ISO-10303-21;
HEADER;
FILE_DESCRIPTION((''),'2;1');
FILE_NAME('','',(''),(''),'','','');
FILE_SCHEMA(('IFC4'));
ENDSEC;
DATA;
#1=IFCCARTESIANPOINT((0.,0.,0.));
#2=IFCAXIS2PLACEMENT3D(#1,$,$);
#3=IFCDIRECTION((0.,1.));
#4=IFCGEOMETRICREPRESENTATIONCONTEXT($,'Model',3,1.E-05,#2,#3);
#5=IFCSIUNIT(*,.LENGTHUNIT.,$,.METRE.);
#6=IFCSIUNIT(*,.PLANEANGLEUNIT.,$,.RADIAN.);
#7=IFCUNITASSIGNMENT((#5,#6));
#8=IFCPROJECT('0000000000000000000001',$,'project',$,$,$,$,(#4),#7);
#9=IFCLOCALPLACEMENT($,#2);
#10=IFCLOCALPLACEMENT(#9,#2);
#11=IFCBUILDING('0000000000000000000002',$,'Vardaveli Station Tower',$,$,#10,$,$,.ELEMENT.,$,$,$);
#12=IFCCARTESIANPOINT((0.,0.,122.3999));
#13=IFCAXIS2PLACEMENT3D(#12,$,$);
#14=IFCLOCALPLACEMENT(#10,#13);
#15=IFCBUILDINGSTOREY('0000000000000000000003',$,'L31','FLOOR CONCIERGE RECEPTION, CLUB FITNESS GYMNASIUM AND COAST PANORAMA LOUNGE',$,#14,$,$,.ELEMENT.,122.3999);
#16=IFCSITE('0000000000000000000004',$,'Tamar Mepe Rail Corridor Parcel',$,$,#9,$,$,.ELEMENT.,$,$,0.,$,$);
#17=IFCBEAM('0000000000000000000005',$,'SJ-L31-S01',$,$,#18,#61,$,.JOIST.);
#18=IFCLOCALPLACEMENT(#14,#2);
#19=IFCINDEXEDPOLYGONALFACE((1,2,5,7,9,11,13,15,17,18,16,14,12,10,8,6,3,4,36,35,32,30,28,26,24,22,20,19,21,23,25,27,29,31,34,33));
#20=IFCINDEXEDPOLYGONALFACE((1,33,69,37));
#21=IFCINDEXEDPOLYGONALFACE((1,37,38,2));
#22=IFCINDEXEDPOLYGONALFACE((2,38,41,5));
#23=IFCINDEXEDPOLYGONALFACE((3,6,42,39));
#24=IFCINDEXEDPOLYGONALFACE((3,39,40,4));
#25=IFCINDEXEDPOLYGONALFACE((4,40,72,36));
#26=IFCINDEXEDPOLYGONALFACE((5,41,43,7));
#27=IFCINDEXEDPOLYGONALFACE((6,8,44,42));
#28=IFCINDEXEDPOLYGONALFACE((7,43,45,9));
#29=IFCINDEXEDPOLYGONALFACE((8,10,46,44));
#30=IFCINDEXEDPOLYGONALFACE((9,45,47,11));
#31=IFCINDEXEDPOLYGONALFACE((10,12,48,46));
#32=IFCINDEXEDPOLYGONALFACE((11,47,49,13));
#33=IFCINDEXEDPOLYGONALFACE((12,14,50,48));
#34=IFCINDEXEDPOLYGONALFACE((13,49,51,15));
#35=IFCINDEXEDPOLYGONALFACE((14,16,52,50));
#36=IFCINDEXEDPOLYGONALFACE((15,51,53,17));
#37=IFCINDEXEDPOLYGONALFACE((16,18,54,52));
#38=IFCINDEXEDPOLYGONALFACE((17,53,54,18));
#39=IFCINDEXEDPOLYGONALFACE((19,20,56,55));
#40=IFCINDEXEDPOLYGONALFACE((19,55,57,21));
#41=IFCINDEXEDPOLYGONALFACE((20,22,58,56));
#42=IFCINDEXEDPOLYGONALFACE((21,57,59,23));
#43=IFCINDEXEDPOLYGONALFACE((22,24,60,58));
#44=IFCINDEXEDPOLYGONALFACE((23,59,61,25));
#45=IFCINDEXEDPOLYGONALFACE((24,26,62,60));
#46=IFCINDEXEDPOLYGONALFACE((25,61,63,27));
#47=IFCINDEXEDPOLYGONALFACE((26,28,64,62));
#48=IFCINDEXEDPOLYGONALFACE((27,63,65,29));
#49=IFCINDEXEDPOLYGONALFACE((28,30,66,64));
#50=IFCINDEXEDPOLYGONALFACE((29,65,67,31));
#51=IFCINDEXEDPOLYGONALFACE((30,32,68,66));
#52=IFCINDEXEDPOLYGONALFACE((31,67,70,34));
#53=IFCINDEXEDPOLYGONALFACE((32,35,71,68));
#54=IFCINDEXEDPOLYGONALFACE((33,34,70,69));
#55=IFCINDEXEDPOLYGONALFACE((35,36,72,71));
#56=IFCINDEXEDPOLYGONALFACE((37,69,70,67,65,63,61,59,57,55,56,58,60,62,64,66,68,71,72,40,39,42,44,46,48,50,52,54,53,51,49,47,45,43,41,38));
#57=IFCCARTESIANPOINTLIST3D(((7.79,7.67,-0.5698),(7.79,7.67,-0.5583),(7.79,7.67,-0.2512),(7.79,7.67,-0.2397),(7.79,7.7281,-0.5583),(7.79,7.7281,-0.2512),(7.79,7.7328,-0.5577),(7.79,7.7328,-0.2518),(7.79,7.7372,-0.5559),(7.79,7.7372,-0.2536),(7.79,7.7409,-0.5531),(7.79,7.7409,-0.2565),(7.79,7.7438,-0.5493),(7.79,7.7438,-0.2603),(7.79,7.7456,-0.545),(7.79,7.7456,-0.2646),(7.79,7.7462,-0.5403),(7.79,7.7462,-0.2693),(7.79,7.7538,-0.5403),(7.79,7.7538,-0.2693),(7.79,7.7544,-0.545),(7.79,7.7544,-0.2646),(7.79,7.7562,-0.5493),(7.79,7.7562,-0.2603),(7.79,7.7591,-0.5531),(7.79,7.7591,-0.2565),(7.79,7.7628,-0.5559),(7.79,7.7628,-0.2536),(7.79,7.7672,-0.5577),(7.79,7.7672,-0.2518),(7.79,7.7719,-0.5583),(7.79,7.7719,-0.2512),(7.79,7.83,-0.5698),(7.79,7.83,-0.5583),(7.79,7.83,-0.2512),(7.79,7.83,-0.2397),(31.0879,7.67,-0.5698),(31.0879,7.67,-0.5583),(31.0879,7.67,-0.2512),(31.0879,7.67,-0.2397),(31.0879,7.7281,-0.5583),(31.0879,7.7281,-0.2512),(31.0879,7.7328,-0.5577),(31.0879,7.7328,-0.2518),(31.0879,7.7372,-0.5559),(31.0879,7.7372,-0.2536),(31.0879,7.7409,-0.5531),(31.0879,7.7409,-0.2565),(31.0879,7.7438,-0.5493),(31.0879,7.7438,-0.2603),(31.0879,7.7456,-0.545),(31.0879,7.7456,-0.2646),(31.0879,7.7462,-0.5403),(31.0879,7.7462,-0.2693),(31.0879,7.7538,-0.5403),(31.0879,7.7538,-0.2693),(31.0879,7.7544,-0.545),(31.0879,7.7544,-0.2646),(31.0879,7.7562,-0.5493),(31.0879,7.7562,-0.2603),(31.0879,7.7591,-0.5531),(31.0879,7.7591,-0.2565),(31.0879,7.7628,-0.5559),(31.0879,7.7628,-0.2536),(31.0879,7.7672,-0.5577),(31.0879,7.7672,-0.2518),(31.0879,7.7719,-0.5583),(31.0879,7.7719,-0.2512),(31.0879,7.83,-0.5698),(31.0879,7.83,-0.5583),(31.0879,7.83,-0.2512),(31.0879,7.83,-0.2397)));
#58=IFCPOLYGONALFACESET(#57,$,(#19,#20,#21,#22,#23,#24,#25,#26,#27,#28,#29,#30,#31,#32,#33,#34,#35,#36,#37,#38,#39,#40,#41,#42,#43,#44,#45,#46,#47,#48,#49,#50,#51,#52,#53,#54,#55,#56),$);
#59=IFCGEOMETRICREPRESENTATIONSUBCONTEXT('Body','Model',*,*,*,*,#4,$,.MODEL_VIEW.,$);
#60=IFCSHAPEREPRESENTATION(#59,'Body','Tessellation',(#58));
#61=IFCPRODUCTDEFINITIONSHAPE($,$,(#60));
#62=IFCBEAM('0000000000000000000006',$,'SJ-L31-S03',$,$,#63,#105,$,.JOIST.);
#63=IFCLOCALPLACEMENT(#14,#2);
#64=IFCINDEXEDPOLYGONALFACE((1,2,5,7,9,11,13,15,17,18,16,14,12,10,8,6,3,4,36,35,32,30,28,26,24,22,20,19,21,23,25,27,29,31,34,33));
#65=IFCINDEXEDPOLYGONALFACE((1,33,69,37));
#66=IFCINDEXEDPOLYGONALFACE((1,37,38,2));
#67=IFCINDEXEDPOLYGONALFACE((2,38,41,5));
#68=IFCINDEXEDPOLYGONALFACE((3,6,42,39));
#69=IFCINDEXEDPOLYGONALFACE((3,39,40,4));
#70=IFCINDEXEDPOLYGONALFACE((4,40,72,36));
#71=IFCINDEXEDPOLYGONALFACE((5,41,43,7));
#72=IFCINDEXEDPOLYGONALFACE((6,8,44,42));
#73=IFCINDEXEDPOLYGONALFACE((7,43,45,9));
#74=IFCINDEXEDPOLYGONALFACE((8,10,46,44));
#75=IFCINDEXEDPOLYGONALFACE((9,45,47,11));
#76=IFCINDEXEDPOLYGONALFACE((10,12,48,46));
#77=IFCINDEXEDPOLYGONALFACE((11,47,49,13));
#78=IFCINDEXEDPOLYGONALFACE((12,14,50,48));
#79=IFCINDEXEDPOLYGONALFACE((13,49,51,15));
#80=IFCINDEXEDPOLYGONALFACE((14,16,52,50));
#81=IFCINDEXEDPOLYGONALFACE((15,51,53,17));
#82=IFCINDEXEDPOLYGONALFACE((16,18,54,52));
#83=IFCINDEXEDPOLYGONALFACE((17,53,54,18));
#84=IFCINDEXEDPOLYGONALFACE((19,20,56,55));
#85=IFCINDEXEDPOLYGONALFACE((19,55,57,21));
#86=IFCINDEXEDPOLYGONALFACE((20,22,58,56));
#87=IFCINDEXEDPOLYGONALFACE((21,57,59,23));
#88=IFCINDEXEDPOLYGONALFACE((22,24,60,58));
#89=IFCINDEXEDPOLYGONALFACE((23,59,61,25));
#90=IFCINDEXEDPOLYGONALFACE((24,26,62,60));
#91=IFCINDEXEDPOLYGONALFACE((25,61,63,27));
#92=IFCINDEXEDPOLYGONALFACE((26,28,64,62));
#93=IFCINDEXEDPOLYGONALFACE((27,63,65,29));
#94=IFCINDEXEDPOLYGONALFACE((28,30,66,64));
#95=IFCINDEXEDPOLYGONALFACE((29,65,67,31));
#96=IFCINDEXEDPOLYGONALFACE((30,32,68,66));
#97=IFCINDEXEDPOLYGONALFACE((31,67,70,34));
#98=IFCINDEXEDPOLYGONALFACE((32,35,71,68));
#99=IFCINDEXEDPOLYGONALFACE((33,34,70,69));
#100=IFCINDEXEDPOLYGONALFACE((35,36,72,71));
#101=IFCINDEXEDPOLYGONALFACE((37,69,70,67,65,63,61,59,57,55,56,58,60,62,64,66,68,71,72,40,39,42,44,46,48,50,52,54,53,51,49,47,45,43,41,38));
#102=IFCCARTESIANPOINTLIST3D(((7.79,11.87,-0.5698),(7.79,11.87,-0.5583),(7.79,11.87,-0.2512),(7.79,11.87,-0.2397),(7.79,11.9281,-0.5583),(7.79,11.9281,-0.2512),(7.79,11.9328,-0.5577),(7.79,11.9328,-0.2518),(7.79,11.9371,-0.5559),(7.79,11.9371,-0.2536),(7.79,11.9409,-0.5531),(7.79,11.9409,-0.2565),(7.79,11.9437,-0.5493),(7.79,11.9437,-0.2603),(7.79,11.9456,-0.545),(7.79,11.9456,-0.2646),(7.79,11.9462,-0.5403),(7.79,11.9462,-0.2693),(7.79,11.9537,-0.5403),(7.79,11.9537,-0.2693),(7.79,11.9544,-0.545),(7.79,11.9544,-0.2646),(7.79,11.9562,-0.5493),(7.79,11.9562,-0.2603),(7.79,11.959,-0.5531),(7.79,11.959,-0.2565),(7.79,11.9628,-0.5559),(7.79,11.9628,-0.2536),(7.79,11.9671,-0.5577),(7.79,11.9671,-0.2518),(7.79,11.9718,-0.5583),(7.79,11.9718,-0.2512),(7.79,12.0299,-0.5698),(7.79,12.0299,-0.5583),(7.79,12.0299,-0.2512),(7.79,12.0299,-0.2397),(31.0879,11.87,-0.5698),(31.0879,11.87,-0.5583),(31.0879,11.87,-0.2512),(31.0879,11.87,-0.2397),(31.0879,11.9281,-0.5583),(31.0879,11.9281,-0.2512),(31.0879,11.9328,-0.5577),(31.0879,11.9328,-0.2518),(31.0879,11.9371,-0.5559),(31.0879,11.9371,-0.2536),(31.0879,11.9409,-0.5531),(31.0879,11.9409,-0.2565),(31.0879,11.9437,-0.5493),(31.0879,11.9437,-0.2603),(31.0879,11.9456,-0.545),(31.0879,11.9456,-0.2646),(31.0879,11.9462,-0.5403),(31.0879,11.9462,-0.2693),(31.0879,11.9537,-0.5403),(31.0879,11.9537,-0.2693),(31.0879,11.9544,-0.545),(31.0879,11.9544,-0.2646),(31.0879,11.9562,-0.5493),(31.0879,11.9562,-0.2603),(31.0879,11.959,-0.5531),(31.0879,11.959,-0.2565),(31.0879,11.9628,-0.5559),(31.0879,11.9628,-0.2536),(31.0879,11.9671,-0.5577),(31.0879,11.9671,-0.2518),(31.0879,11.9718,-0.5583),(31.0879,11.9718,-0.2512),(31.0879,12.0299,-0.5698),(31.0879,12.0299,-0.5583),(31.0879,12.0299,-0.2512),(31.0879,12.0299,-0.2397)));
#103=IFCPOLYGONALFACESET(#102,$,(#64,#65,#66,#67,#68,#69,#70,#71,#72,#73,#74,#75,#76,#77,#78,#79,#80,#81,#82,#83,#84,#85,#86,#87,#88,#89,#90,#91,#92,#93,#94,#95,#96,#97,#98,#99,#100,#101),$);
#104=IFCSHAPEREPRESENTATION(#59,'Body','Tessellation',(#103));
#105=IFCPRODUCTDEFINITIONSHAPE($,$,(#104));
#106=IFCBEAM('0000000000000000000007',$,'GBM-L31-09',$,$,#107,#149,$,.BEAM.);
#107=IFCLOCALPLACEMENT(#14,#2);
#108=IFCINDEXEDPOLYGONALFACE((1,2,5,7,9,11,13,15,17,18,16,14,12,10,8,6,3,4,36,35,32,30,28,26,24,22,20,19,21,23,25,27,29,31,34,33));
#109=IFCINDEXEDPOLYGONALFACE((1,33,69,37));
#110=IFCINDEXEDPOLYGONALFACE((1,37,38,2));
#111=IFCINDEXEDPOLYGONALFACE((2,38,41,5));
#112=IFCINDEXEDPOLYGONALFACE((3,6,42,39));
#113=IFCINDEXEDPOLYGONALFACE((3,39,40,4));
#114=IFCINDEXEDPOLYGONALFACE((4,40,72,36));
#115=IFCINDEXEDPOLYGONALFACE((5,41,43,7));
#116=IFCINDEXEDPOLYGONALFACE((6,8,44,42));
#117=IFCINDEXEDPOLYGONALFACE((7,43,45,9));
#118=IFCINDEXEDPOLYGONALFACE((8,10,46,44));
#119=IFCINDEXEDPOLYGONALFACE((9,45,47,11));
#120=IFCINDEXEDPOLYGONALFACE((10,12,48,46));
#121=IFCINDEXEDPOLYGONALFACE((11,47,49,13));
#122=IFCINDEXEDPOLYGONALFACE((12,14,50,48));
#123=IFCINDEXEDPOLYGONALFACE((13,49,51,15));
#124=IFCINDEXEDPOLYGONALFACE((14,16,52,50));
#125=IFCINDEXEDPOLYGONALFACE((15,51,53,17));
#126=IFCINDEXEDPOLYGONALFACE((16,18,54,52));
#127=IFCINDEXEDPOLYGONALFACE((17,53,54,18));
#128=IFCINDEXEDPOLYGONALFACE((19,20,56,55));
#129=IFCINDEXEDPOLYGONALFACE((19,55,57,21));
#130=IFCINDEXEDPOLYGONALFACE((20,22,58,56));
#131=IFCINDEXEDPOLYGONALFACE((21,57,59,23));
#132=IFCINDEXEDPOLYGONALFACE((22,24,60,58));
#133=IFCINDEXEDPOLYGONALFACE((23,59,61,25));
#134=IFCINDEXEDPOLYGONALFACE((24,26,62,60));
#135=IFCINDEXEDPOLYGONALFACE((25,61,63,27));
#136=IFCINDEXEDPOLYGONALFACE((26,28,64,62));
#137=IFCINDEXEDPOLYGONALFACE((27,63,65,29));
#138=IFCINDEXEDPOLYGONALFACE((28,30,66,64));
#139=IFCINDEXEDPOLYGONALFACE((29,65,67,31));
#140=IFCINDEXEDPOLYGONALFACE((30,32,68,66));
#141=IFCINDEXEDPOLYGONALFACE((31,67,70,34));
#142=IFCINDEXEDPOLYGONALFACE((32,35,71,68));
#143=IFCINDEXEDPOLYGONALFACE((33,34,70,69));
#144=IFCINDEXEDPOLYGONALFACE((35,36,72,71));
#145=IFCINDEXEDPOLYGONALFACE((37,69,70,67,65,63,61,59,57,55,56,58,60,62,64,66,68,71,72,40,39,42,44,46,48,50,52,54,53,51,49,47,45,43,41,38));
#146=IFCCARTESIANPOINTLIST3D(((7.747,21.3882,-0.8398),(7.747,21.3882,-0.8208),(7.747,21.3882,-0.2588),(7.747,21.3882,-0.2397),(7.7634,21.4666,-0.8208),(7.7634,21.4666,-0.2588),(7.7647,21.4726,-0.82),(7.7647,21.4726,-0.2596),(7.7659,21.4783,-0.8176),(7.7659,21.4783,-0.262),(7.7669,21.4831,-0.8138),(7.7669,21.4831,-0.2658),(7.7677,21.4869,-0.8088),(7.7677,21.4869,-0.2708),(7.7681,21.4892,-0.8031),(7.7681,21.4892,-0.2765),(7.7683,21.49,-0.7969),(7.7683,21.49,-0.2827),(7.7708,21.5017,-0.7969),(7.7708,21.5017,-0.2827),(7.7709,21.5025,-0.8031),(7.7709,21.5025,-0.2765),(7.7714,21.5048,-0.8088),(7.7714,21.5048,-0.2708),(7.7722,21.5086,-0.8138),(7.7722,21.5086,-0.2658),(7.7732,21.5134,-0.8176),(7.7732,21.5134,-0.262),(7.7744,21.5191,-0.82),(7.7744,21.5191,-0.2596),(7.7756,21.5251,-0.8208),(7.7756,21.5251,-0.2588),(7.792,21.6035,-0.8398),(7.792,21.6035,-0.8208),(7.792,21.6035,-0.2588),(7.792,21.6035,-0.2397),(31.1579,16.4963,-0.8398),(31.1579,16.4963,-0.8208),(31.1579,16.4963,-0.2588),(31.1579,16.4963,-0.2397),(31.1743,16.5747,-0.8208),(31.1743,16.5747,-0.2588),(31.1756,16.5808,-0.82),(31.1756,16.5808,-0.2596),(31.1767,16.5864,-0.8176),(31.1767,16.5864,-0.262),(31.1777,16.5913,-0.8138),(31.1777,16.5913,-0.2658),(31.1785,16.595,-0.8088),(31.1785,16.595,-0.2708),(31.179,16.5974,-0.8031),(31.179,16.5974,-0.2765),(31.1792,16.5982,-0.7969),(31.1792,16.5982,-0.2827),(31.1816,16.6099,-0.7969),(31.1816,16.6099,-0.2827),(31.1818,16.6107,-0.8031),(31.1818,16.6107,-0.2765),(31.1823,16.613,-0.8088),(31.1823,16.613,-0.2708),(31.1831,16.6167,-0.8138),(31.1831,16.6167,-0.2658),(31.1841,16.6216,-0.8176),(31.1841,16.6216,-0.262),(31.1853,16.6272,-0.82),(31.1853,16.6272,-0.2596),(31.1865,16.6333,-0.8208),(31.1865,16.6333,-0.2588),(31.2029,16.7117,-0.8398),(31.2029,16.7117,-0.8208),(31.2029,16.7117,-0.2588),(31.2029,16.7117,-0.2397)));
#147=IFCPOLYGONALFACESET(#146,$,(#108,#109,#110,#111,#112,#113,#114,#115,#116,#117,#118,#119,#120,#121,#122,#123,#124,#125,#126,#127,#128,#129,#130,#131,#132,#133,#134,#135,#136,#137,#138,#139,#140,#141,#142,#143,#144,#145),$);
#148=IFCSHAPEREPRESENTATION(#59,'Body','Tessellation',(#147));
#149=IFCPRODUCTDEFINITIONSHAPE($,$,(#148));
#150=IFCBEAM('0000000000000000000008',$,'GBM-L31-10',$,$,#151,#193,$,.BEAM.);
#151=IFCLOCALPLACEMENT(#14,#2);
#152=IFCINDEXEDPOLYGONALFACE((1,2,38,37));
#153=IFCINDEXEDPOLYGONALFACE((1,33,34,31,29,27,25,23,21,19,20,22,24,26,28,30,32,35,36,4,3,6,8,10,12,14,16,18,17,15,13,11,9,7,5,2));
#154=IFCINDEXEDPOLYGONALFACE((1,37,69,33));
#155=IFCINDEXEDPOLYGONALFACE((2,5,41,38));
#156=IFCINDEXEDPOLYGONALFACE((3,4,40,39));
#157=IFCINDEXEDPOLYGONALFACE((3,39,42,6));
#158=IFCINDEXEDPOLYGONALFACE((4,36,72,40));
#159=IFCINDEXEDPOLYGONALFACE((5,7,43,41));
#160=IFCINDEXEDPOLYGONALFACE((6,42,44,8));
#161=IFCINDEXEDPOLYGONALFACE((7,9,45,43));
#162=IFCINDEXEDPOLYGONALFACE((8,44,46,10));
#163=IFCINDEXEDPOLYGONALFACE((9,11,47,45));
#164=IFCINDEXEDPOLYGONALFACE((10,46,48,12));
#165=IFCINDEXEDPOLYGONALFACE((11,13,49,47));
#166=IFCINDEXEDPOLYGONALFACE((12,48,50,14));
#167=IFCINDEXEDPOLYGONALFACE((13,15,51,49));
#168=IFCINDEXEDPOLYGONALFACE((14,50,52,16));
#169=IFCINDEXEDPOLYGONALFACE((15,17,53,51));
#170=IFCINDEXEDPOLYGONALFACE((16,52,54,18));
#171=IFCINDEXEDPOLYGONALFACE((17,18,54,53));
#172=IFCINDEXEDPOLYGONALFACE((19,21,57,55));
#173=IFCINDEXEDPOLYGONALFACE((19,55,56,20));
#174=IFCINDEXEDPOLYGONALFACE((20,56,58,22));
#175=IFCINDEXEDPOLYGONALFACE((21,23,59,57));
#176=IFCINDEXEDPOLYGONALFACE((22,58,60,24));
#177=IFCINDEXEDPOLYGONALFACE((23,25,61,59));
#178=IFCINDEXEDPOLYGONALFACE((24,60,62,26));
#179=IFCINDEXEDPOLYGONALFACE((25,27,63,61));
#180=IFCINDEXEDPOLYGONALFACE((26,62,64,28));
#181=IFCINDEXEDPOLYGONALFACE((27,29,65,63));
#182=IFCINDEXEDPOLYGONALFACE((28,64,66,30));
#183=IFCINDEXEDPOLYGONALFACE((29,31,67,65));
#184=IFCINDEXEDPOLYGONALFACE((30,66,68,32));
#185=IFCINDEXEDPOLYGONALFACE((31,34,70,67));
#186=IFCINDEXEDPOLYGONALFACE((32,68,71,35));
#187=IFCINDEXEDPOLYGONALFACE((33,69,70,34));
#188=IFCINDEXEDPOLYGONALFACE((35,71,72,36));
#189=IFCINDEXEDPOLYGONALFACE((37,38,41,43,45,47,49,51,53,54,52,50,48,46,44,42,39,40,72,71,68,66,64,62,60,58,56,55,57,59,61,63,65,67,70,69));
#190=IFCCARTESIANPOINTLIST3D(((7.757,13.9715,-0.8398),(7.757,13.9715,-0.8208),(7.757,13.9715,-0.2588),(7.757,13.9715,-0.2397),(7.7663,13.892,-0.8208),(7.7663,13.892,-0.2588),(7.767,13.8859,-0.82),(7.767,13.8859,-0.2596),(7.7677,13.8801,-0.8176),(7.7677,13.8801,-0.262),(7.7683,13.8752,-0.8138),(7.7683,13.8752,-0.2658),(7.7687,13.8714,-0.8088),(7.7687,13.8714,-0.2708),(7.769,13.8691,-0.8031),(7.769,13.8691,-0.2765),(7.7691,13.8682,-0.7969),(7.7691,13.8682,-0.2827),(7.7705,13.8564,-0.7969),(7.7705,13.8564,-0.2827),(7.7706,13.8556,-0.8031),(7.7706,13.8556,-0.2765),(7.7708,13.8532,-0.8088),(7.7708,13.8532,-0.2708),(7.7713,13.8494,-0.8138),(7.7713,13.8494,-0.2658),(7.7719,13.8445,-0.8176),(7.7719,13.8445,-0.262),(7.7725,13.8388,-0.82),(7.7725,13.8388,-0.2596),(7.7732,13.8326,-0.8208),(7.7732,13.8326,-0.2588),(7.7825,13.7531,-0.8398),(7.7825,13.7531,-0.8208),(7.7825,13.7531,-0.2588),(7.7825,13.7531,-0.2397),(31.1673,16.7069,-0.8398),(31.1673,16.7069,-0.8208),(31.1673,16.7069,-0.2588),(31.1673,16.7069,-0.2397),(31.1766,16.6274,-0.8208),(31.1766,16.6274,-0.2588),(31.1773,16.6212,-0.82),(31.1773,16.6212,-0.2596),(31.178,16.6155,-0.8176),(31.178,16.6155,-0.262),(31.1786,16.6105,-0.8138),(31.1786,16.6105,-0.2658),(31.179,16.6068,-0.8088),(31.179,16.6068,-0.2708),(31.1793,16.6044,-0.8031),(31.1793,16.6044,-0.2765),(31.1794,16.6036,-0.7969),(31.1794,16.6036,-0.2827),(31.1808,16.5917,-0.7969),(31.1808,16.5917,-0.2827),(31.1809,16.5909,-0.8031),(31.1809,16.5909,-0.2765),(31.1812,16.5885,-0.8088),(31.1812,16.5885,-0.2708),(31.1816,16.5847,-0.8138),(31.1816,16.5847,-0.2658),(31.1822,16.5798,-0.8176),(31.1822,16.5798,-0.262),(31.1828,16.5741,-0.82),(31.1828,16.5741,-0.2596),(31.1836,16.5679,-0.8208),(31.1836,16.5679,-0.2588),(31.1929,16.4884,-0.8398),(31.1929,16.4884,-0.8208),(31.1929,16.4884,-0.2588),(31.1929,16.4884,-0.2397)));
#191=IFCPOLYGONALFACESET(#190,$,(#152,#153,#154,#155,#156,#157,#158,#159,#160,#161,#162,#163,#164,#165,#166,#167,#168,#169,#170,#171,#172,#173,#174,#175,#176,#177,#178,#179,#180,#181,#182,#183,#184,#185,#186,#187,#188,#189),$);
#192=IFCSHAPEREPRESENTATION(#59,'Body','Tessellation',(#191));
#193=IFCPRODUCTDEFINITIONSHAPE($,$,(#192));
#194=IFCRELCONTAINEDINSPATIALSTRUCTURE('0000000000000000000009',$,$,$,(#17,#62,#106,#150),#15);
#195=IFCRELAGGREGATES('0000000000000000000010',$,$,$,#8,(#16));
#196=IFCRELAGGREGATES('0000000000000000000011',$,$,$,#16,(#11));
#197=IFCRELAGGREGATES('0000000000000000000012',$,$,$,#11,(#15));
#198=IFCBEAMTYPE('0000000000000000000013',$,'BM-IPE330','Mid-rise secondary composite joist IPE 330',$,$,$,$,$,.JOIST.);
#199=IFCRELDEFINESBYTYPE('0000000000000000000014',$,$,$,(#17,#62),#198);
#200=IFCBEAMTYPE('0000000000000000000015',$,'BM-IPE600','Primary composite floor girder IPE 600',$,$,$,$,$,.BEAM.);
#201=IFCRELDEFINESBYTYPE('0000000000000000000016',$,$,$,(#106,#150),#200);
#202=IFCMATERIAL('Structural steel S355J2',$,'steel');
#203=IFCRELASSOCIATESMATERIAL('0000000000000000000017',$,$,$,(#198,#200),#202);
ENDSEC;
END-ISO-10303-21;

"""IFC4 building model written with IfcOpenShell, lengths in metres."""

from ifc_helpers import new_model, si_unit, direction, frame, origin, origin_2d, place, context, subcontext, project, spatial, i_section, extrude, source, transform, mapped, material, material_profile, profile_set, type_object, element, save


model = new_model("IFC4")

# Units and contexts
model_context = context("Model", 3, precision=1e-05, world=origin(), true_north=direction((0.0, 1.0)))
body_context = subcontext(model_context, "Body", "Model", "MODEL_VIEW")
ifc_project = project(units=[si_unit("LENGTHUNIT", "METRE"), si_unit("PLANEANGLEUNIT", "RADIAN")], contexts=[model_context])

# Site, building, storey
site_placement = place(None, origin())
site = spatial("IfcSite", under=ifc_project, at=site_placement, Name="Tamar Mepe Rail Corridor Parcel", CompositionType="ELEMENT", RefElevation=0.0)
building_placement = place(site_placement, origin())
building = spatial("IfcBuilding", under=site, at=building_placement, Name="Vardaveli Station Tower", CompositionType="ELEMENT")
storey_placement = place(building_placement, frame((0.0, 0.0, 122.3999)))
storey = spatial("IfcBuildingStorey", under=building, at=storey_placement, Name="L31", Description="FLOOR CONCIERGE RECEPTION, CLUB FITNESS GYMNASIUM AND COAST PANORAMA LOUNGE", CompositionType="ELEMENT", Elevation=122.3999)

# Beams
ifc_material_1 = material(Name="Structural steel S355J2", Category="steel")
ifc_material_profile_1 = material_profile(ifc_material_1, i_section(OverallWidth=0.1599, OverallDepth=0.3301, WebThickness=0.0076, FlangeThickness=0.0115, FilletRadius=0.0181, at=origin_2d()), Name="IPE 330")
ifc_profile_set_1 = profile_set([ifc_material_profile_1], Name="Structural steel S355J2")
beam_type_1 = type_object("IfcBeamType", Name="BM-IPE330", Description="Mid-rise secondary composite joist IPE 330", PredefinedType="JOIST", material=ifc_profile_set_1)
shared_shape_1 = source(origin(), body_context, "Body", "SweptSolid", [
    extrude(i_section(OverallWidth=0.1599, OverallDepth=0.3301, WebThickness=0.0076, FlangeThickness=0.0115, FilletRadius=0.0181, at=origin_2d()), origin(), (0.0, 0.0, 1.0), 23.2979),
])
for number, where, z_axis, x_axis, name in (
    (1, (7.79, 7.75, -0.4048), (1.0, 0.0, 0.0), (0.0, 1.0, 0.0), "SJ-L31-S01"),
    (2, (7.79, 11.95, -0.4048), (1.0, 0.0, 0.0), (0.0, 1.0, 0.0), "SJ-L31-S03"),
):
    element("IfcBeam", number, at=place(storey_placement, frame(where, z_axis=z_axis, x_axis=x_axis)), inside=storey, type_object=beam_type_1, Name=name, PredefinedType="JOIST", context=body_context, shape_type="MappedRepresentation", body=[
        mapped(shared_shape_1, transform((0.0, 0.0, 0.0), scale=1.0)),
    ])
ifc_material_profile_2 = material_profile(ifc_material_1, i_section(OverallWidth=0.22, OverallDepth=0.6001, WebThickness=0.012, FlangeThickness=0.019, FilletRadius=0.0239, at=origin_2d()), Name="IPE 600")
ifc_profile_set_2 = profile_set([ifc_material_profile_2], Name="Structural steel S355J2")
beam_type_2 = type_object("IfcBeamType", Name="BM-IPE600", Description="Primary composite floor girder IPE 600", PredefinedType="BEAM", material=ifc_profile_set_2)
shared_shape_2 = source(origin(), body_context, "Body", "SweptSolid", [
    extrude(i_section(OverallWidth=0.22, OverallDepth=0.6001, WebThickness=0.012, FlangeThickness=0.019, FilletRadius=0.0239, at=origin_2d()), origin(), (0.0, 0.0, 1.0), 23.9165),
])
beam_1_placement = place(storey_placement, frame((7.7695, 21.4958, -0.5398), z_axis=(0.978859, -0.204538, 0.0), x_axis=(0.204538, 0.978859, 0.0)))
element("IfcBeam", 3, at=beam_1_placement, inside=storey, type_object=beam_type_2, Name="GBM-L31-09", PredefinedType="BEAM", context=body_context, shape_type="MappedRepresentation", body=[
    mapped(shared_shape_2, transform((0.0, 0.0, 0.0), scale=1.0)),
])
shared_shape_3 = source(origin(), body_context, "Body", "SweptSolid", [
    extrude(i_section(OverallWidth=0.22, OverallDepth=0.6001, WebThickness=0.012, FlangeThickness=0.019, FilletRadius=0.0239, at=origin_2d()), origin(), (0.0, 0.0, 1.0), 23.5696),
])
beam_2_placement = place(storey_placement, frame((7.7698, 13.8623, -0.5398), z_axis=(0.993243, 0.116054, 0.0), x_axis=(-0.116054, 0.993243, 0.0)))
element("IfcBeam", 4, at=beam_2_placement, inside=storey, type_object=beam_type_2, Name="GBM-L31-10", PredefinedType="BEAM", context=body_context, shape_type="MappedRepresentation", body=[
    mapped(shared_shape_3, transform((0.0, 0.0, 0.0), scale=1.0)),
])

save(model, "model.ifc")
